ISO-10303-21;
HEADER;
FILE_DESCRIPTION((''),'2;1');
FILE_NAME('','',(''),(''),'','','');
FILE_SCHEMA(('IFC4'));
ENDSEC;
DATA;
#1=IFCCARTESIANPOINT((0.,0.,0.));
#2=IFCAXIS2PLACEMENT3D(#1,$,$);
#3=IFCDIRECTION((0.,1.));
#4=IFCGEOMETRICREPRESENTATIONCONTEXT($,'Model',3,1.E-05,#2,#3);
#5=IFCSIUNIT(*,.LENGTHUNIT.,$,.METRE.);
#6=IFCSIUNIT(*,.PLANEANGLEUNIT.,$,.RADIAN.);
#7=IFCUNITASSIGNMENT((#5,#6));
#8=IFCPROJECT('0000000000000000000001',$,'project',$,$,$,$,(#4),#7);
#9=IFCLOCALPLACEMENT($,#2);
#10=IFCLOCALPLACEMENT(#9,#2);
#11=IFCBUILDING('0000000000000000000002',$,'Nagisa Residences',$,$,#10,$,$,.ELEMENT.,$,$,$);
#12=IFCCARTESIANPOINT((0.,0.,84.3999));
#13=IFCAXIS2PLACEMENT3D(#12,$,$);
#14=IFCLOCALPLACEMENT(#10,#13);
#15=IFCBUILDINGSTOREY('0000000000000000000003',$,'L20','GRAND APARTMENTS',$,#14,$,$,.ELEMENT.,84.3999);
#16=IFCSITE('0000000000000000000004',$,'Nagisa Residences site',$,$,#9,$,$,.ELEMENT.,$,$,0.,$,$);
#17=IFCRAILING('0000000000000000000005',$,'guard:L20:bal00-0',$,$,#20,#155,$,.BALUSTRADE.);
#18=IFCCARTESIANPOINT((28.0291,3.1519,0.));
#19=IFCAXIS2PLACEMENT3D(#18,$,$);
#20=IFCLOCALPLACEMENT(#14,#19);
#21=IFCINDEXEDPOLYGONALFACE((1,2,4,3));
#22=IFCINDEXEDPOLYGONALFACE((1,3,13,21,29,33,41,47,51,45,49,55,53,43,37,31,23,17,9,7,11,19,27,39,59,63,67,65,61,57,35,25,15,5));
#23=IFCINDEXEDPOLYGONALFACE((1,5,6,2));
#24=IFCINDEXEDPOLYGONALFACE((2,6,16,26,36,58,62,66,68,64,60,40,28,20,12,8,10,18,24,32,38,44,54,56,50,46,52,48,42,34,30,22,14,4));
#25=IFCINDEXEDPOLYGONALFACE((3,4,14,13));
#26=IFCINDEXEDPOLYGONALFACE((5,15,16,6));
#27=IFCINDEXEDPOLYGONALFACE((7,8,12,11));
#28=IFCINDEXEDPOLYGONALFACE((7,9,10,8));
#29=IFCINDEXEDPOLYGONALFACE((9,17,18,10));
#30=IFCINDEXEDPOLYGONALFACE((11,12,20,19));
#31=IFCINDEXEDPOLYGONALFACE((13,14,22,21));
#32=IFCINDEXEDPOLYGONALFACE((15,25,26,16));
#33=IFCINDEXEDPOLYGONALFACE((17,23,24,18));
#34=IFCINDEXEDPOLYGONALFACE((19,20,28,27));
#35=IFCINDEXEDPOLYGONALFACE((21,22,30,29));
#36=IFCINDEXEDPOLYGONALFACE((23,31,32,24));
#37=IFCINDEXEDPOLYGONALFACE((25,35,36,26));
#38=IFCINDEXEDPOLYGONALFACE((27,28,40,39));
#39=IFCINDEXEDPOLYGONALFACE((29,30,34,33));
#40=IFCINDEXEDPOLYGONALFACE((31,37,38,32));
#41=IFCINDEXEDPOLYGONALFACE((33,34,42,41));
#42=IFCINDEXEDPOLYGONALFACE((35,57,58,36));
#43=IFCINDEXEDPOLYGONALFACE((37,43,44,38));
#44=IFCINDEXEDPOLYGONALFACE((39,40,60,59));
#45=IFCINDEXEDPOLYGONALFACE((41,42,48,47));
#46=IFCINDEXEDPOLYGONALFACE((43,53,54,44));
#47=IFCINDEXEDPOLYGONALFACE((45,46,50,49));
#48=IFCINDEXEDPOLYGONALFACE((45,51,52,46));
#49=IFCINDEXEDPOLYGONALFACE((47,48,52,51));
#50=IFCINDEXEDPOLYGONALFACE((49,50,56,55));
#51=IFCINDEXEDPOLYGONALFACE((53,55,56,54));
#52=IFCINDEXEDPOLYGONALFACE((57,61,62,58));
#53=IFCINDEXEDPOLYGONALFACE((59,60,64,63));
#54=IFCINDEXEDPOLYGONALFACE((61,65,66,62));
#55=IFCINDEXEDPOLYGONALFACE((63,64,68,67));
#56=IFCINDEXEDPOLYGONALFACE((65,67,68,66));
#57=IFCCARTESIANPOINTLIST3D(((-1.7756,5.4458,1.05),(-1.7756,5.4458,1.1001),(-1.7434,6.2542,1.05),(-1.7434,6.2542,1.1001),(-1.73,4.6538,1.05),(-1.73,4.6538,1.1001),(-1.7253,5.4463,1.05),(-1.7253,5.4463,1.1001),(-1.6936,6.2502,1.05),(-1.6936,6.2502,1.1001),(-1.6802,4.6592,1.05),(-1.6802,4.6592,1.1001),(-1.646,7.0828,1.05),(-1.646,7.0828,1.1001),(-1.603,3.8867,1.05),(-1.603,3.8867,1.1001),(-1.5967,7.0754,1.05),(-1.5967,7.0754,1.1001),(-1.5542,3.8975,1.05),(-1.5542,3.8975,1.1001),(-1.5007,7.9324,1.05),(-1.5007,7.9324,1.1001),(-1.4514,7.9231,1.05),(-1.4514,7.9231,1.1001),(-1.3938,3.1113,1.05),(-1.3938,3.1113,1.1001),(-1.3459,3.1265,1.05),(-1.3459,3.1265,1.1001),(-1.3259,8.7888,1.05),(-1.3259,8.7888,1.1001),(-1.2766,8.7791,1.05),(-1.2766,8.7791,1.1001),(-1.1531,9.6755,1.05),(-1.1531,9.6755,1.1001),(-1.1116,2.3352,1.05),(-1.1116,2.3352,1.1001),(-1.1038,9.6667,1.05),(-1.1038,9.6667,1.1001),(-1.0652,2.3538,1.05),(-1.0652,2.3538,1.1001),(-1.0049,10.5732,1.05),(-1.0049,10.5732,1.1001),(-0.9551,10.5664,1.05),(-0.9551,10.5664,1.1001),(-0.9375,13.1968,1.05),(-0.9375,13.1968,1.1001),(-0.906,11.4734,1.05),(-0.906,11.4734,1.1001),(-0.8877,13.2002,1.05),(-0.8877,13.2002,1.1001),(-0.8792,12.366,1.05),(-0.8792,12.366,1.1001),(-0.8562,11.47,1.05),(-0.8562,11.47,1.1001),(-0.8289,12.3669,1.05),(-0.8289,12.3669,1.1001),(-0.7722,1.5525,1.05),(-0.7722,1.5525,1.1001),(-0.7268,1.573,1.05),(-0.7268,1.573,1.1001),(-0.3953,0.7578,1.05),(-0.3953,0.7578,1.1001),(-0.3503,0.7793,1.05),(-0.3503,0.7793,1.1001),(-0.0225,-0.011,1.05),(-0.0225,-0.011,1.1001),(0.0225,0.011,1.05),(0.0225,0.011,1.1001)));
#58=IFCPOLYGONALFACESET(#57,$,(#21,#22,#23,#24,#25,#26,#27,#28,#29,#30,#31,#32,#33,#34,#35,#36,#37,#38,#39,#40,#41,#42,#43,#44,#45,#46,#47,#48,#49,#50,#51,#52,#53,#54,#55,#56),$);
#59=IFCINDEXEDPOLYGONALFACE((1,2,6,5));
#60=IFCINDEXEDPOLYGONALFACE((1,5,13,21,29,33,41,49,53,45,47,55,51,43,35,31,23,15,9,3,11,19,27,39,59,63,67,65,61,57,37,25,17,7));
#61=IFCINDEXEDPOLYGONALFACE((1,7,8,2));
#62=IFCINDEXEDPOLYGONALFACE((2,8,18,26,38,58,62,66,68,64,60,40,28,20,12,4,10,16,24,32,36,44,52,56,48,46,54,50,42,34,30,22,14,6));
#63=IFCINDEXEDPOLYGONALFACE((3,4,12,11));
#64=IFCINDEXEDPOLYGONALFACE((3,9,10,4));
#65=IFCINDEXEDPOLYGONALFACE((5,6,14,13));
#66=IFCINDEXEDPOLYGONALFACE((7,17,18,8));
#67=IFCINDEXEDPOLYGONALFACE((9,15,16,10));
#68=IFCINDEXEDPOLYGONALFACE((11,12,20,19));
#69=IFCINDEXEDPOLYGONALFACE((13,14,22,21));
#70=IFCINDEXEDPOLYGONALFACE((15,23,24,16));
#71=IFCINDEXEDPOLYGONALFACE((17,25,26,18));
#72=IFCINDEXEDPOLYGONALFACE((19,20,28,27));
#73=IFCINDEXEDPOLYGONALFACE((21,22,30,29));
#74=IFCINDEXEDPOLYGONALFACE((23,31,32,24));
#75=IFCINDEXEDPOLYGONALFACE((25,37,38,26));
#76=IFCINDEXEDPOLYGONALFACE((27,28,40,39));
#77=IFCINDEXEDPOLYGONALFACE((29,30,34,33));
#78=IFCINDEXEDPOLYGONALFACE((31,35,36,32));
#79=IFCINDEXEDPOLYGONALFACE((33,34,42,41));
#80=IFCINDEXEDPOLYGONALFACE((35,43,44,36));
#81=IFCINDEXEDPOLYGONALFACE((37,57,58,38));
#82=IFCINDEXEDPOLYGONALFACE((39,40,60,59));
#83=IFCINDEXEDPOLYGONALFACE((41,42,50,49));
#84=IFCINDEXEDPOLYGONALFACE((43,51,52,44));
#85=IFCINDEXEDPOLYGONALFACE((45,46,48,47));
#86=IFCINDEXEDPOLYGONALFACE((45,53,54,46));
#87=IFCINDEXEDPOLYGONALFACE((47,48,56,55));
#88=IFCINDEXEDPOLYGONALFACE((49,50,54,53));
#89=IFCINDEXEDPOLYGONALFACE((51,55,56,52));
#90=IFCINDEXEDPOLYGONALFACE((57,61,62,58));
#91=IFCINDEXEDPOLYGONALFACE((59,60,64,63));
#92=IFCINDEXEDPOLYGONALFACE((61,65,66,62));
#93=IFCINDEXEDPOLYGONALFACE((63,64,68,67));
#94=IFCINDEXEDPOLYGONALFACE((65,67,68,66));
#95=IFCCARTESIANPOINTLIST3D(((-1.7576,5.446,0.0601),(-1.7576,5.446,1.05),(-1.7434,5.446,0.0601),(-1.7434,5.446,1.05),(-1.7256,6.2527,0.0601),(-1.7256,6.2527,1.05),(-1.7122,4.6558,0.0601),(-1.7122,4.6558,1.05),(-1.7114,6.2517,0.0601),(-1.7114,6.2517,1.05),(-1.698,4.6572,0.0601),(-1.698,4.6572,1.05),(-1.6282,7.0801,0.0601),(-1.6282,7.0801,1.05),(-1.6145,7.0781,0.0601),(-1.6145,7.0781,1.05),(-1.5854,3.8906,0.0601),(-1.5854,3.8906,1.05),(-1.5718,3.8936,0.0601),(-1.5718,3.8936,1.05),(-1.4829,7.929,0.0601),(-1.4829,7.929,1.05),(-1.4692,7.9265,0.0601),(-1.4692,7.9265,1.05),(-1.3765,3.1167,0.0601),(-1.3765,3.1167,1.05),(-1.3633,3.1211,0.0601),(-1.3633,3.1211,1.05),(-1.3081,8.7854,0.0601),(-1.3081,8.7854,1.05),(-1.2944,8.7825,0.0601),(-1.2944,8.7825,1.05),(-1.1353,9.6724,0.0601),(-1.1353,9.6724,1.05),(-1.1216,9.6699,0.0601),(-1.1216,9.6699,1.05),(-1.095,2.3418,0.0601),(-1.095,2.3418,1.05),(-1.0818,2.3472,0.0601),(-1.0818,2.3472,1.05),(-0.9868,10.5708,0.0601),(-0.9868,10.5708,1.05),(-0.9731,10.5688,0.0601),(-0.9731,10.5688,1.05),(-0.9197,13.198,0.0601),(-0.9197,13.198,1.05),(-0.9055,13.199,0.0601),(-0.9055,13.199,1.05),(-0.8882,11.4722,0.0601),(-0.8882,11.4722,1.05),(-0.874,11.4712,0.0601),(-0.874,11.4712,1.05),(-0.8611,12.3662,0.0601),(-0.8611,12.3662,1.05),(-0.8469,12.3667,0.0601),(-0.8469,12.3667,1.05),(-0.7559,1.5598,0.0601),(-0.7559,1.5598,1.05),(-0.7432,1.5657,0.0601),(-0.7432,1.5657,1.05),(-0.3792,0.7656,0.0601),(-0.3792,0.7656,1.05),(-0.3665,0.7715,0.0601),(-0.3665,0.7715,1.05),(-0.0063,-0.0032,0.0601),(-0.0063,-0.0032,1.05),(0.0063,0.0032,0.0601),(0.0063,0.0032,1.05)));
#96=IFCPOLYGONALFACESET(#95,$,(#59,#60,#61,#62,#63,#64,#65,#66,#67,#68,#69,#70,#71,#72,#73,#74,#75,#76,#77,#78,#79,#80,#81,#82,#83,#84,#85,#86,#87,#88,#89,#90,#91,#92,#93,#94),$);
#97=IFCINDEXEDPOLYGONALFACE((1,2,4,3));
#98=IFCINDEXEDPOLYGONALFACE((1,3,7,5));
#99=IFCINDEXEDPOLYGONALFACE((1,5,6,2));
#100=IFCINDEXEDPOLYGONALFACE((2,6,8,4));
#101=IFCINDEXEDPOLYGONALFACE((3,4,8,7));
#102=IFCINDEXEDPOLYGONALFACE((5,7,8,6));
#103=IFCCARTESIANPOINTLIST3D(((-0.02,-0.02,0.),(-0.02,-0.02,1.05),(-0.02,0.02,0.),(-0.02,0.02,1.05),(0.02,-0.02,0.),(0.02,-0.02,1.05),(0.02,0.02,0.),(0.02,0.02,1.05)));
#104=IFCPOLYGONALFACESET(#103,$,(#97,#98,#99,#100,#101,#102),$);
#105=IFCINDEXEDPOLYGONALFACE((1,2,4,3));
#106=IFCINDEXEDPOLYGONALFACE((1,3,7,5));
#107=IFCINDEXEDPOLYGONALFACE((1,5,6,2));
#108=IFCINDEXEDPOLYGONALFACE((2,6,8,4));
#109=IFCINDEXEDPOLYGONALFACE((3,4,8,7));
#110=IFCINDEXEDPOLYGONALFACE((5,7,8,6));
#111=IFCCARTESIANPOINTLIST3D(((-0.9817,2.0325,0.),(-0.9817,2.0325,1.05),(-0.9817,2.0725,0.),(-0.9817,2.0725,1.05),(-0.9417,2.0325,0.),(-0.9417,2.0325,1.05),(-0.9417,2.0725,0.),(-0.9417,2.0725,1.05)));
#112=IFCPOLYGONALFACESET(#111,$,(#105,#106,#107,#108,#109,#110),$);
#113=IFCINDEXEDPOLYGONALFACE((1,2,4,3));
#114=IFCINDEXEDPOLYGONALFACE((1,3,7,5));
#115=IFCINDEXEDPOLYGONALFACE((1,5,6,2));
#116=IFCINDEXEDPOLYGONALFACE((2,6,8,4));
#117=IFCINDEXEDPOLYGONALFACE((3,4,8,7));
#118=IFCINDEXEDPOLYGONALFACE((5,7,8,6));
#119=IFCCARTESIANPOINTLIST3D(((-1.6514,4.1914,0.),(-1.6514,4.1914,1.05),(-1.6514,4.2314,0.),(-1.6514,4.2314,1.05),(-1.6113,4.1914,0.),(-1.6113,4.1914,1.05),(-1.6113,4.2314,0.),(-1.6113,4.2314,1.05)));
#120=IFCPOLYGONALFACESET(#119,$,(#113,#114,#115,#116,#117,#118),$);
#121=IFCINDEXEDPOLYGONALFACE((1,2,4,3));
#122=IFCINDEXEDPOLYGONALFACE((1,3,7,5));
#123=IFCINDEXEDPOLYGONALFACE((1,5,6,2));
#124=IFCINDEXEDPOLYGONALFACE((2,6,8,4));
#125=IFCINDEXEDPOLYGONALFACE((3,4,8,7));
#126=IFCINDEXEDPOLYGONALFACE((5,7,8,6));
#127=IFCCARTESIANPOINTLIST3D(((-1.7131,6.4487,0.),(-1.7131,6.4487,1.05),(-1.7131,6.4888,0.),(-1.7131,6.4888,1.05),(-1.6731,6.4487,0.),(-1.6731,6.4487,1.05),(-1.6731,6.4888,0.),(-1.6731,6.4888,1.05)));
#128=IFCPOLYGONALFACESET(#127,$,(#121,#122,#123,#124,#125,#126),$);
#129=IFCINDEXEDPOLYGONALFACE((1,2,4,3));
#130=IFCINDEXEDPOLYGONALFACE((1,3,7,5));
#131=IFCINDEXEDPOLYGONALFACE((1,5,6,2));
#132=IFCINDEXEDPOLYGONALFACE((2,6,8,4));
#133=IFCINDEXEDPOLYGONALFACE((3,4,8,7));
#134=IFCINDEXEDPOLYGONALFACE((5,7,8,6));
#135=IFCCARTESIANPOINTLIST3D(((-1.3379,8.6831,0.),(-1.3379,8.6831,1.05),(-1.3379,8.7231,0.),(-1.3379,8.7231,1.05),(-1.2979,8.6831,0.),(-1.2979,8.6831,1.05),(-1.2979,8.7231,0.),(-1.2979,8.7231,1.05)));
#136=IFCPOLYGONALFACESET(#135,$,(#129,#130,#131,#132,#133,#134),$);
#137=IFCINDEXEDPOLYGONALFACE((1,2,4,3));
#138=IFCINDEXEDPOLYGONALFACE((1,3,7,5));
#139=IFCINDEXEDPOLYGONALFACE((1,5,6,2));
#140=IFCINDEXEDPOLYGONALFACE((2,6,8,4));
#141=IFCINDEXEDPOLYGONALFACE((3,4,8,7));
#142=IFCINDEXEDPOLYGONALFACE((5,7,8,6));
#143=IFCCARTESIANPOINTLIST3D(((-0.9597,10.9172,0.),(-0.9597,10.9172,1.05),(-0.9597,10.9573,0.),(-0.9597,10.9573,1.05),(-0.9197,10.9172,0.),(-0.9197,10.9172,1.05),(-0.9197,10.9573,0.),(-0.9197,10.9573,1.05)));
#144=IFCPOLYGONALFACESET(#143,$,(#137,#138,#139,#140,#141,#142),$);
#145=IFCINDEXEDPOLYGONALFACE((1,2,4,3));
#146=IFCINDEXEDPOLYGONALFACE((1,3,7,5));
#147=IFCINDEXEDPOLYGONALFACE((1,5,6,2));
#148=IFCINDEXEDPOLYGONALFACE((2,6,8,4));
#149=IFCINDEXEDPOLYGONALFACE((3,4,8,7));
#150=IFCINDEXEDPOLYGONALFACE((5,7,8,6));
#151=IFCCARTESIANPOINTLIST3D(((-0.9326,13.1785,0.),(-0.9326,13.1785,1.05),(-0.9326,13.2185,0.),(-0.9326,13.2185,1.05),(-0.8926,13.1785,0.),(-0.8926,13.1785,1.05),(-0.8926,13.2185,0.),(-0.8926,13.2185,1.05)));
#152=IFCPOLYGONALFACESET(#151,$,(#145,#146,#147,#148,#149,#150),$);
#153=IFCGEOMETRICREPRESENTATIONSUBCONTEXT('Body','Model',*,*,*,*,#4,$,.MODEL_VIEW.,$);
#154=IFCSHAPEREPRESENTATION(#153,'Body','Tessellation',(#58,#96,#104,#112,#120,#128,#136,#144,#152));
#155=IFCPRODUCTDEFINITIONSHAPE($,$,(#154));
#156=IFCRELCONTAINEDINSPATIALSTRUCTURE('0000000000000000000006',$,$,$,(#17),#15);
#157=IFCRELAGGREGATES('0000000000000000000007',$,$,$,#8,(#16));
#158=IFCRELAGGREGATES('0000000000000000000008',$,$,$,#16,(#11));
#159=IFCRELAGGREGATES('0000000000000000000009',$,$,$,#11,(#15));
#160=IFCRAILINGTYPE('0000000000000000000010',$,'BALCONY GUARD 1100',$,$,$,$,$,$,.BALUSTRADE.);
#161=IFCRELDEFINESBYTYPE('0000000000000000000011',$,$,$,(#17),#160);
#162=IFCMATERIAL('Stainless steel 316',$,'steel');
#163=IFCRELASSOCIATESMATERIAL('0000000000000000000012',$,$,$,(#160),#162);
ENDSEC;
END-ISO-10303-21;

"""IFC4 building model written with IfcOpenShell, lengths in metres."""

from ifc_helpers import new_model, si_unit, direction, frame, origin, origin_2d, place, context, subcontext, project, spatial, polyline, rectangle, outline, extrude, material, type_object, element, save


model = new_model("IFC4")

# Units and contexts
model_context = context("Model", 3, precision=1e-05, world=origin(), true_north=direction((0.0, 1.0)))
body_context = subcontext(model_context, "Body", "Model", "MODEL_VIEW")
ifc_project = project(units=[si_unit("LENGTHUNIT", "METRE"), si_unit("PLANEANGLEUNIT", "RADIAN")], contexts=[model_context])

# Site, building, storey
site_placement = place(None, origin())
site = spatial("IfcSite", under=ifc_project, at=site_placement, Name="Nagisa Residences site", CompositionType="ELEMENT", RefElevation=0.0)
building_placement = place(site_placement, origin())
building = spatial("IfcBuilding", under=site, at=building_placement, Name="Nagisa Residences", CompositionType="ELEMENT")
storey_placement = place(building_placement, frame((0.0, 0.0, 84.3999)))
storey = spatial("IfcBuildingStorey", under=building, at=storey_placement, Name="L20", Description="GRAND APARTMENTS", CompositionType="ELEMENT", Elevation=84.3999)

# Railing
ifc_material_1 = material(Name="Stainless steel 316", Category="steel")
railing_type = type_object("IfcRailingType", Name="BALCONY GUARD 1100", PredefinedType="BALUSTRADE", material=ifc_material_1)
railing_placement = place(storey_placement, frame((28.0291, 3.1519, 0.0)))
element("IfcRailing", 1, at=railing_placement, inside=storey, type_object=railing_type, Name="guard:L20:bal00-0", PredefinedType="BALUSTRADE", context=body_context, shape_type="SweptSolid", body=[
    extrude(outline(polyline([(-0.3953, 0.7578), (-0.0225, -0.011), (0.0225, 0.011), (-0.3503, 0.7793), (-0.7268, 1.573), (-1.0652, 2.3538), (-1.3459, 3.1265), (-1.5542, 3.8975), (-1.6802, 4.6592), (-1.7253, 5.4463), (-1.6936, 6.2502), (-1.5967, 7.0754), (-1.4514, 7.9231), (-1.2766, 8.7791), (-1.1038, 9.6667), (-0.9551, 10.5664), (-0.8562, 11.47), (-0.8289, 12.3669), (-0.8877, 13.2002), (-0.9375, 13.1968), (-0.8792, 12.366), (-0.906, 11.4734), (-1.0049, 10.5732), (-1.1531, 9.6755), (-1.3259, 8.7888), (-1.5007, 7.9324), (-1.646, 7.0828), (-1.7434, 6.2542), (-1.7756, 5.4458), (-1.73, 4.6538), (-1.603, 3.8867), (-1.3938, 3.1113), (-1.1116, 2.3352), (-0.7722, 1.5525), (-0.3953, 0.7578)])), frame((0.0, 0.0, 1.05)), (0.0, 0.0, 1.0), 0.05),
    extrude(outline(polyline([(-0.3792, 0.7656), (-0.0063, -0.0032), (0.0063, 0.0032), (-0.3665, 0.7715), (-0.7432, 1.5657), (-1.0818, 2.3472), (-1.3633, 3.1211), (-1.5718, 3.8936), (-1.698, 4.6572), (-1.7434, 5.446), (-1.7114, 6.2517), (-1.6145, 7.0781), (-1.4692, 7.9265), (-1.2944, 8.7825), (-1.1216, 9.6699), (-0.9731, 10.5688), (-0.874, 11.4712), (-0.8469, 12.3667), (-0.9055, 13.199), (-0.9197, 13.198), (-0.8611, 12.3662), (-0.8882, 11.4722), (-0.9868, 10.5708), (-1.1353, 9.6724), (-1.3081, 8.7854), (-1.4829, 7.929), (-1.6282, 7.0801), (-1.7256, 6.2527), (-1.7576, 5.446), (-1.7122, 4.6558), (-1.5854, 3.8906), (-1.3765, 3.1167), (-1.095, 2.3418), (-0.7559, 1.5598), (-0.3792, 0.7656)])), frame((0.0, 0.0, 0.0601)), (0.0, 0.0, 1.0), 0.99),
    extrude(rectangle(XDim=0.04, YDim=0.04, at=origin_2d()), origin(), (0.0, 0.0, 1.0), 1.05),
    extrude(rectangle(XDim=0.04, YDim=0.04, at=origin_2d()), frame((-0.9617, 2.0525, 0.0)), (0.0, 0.0, 1.0), 1.05),
    extrude(rectangle(XDim=0.04, YDim=0.04, at=origin_2d()), frame((-1.6313, 4.2114, 0.0)), (0.0, 0.0, 1.0), 1.05),
    extrude(rectangle(XDim=0.04, YDim=0.04, at=origin_2d()), frame((-1.6931, 6.4688, 0.0)), (0.0, 0.0, 1.0), 1.05),
    extrude(rectangle(XDim=0.04, YDim=0.04, at=origin_2d()), frame((-1.3179, 8.7031, 0.0)), (0.0, 0.0, 1.0), 1.05),
    extrude(rectangle(XDim=0.04, YDim=0.04, at=origin_2d()), frame((-0.9397, 10.9373, 0.0)), (0.0, 0.0, 1.0), 1.05),
    extrude(rectangle(XDim=0.04, YDim=0.04, at=origin_2d()), frame((-0.9126, 13.1985, 0.0)), (0.0, 0.0, 1.0), 1.05),
])

save(model, "model.ifc")
